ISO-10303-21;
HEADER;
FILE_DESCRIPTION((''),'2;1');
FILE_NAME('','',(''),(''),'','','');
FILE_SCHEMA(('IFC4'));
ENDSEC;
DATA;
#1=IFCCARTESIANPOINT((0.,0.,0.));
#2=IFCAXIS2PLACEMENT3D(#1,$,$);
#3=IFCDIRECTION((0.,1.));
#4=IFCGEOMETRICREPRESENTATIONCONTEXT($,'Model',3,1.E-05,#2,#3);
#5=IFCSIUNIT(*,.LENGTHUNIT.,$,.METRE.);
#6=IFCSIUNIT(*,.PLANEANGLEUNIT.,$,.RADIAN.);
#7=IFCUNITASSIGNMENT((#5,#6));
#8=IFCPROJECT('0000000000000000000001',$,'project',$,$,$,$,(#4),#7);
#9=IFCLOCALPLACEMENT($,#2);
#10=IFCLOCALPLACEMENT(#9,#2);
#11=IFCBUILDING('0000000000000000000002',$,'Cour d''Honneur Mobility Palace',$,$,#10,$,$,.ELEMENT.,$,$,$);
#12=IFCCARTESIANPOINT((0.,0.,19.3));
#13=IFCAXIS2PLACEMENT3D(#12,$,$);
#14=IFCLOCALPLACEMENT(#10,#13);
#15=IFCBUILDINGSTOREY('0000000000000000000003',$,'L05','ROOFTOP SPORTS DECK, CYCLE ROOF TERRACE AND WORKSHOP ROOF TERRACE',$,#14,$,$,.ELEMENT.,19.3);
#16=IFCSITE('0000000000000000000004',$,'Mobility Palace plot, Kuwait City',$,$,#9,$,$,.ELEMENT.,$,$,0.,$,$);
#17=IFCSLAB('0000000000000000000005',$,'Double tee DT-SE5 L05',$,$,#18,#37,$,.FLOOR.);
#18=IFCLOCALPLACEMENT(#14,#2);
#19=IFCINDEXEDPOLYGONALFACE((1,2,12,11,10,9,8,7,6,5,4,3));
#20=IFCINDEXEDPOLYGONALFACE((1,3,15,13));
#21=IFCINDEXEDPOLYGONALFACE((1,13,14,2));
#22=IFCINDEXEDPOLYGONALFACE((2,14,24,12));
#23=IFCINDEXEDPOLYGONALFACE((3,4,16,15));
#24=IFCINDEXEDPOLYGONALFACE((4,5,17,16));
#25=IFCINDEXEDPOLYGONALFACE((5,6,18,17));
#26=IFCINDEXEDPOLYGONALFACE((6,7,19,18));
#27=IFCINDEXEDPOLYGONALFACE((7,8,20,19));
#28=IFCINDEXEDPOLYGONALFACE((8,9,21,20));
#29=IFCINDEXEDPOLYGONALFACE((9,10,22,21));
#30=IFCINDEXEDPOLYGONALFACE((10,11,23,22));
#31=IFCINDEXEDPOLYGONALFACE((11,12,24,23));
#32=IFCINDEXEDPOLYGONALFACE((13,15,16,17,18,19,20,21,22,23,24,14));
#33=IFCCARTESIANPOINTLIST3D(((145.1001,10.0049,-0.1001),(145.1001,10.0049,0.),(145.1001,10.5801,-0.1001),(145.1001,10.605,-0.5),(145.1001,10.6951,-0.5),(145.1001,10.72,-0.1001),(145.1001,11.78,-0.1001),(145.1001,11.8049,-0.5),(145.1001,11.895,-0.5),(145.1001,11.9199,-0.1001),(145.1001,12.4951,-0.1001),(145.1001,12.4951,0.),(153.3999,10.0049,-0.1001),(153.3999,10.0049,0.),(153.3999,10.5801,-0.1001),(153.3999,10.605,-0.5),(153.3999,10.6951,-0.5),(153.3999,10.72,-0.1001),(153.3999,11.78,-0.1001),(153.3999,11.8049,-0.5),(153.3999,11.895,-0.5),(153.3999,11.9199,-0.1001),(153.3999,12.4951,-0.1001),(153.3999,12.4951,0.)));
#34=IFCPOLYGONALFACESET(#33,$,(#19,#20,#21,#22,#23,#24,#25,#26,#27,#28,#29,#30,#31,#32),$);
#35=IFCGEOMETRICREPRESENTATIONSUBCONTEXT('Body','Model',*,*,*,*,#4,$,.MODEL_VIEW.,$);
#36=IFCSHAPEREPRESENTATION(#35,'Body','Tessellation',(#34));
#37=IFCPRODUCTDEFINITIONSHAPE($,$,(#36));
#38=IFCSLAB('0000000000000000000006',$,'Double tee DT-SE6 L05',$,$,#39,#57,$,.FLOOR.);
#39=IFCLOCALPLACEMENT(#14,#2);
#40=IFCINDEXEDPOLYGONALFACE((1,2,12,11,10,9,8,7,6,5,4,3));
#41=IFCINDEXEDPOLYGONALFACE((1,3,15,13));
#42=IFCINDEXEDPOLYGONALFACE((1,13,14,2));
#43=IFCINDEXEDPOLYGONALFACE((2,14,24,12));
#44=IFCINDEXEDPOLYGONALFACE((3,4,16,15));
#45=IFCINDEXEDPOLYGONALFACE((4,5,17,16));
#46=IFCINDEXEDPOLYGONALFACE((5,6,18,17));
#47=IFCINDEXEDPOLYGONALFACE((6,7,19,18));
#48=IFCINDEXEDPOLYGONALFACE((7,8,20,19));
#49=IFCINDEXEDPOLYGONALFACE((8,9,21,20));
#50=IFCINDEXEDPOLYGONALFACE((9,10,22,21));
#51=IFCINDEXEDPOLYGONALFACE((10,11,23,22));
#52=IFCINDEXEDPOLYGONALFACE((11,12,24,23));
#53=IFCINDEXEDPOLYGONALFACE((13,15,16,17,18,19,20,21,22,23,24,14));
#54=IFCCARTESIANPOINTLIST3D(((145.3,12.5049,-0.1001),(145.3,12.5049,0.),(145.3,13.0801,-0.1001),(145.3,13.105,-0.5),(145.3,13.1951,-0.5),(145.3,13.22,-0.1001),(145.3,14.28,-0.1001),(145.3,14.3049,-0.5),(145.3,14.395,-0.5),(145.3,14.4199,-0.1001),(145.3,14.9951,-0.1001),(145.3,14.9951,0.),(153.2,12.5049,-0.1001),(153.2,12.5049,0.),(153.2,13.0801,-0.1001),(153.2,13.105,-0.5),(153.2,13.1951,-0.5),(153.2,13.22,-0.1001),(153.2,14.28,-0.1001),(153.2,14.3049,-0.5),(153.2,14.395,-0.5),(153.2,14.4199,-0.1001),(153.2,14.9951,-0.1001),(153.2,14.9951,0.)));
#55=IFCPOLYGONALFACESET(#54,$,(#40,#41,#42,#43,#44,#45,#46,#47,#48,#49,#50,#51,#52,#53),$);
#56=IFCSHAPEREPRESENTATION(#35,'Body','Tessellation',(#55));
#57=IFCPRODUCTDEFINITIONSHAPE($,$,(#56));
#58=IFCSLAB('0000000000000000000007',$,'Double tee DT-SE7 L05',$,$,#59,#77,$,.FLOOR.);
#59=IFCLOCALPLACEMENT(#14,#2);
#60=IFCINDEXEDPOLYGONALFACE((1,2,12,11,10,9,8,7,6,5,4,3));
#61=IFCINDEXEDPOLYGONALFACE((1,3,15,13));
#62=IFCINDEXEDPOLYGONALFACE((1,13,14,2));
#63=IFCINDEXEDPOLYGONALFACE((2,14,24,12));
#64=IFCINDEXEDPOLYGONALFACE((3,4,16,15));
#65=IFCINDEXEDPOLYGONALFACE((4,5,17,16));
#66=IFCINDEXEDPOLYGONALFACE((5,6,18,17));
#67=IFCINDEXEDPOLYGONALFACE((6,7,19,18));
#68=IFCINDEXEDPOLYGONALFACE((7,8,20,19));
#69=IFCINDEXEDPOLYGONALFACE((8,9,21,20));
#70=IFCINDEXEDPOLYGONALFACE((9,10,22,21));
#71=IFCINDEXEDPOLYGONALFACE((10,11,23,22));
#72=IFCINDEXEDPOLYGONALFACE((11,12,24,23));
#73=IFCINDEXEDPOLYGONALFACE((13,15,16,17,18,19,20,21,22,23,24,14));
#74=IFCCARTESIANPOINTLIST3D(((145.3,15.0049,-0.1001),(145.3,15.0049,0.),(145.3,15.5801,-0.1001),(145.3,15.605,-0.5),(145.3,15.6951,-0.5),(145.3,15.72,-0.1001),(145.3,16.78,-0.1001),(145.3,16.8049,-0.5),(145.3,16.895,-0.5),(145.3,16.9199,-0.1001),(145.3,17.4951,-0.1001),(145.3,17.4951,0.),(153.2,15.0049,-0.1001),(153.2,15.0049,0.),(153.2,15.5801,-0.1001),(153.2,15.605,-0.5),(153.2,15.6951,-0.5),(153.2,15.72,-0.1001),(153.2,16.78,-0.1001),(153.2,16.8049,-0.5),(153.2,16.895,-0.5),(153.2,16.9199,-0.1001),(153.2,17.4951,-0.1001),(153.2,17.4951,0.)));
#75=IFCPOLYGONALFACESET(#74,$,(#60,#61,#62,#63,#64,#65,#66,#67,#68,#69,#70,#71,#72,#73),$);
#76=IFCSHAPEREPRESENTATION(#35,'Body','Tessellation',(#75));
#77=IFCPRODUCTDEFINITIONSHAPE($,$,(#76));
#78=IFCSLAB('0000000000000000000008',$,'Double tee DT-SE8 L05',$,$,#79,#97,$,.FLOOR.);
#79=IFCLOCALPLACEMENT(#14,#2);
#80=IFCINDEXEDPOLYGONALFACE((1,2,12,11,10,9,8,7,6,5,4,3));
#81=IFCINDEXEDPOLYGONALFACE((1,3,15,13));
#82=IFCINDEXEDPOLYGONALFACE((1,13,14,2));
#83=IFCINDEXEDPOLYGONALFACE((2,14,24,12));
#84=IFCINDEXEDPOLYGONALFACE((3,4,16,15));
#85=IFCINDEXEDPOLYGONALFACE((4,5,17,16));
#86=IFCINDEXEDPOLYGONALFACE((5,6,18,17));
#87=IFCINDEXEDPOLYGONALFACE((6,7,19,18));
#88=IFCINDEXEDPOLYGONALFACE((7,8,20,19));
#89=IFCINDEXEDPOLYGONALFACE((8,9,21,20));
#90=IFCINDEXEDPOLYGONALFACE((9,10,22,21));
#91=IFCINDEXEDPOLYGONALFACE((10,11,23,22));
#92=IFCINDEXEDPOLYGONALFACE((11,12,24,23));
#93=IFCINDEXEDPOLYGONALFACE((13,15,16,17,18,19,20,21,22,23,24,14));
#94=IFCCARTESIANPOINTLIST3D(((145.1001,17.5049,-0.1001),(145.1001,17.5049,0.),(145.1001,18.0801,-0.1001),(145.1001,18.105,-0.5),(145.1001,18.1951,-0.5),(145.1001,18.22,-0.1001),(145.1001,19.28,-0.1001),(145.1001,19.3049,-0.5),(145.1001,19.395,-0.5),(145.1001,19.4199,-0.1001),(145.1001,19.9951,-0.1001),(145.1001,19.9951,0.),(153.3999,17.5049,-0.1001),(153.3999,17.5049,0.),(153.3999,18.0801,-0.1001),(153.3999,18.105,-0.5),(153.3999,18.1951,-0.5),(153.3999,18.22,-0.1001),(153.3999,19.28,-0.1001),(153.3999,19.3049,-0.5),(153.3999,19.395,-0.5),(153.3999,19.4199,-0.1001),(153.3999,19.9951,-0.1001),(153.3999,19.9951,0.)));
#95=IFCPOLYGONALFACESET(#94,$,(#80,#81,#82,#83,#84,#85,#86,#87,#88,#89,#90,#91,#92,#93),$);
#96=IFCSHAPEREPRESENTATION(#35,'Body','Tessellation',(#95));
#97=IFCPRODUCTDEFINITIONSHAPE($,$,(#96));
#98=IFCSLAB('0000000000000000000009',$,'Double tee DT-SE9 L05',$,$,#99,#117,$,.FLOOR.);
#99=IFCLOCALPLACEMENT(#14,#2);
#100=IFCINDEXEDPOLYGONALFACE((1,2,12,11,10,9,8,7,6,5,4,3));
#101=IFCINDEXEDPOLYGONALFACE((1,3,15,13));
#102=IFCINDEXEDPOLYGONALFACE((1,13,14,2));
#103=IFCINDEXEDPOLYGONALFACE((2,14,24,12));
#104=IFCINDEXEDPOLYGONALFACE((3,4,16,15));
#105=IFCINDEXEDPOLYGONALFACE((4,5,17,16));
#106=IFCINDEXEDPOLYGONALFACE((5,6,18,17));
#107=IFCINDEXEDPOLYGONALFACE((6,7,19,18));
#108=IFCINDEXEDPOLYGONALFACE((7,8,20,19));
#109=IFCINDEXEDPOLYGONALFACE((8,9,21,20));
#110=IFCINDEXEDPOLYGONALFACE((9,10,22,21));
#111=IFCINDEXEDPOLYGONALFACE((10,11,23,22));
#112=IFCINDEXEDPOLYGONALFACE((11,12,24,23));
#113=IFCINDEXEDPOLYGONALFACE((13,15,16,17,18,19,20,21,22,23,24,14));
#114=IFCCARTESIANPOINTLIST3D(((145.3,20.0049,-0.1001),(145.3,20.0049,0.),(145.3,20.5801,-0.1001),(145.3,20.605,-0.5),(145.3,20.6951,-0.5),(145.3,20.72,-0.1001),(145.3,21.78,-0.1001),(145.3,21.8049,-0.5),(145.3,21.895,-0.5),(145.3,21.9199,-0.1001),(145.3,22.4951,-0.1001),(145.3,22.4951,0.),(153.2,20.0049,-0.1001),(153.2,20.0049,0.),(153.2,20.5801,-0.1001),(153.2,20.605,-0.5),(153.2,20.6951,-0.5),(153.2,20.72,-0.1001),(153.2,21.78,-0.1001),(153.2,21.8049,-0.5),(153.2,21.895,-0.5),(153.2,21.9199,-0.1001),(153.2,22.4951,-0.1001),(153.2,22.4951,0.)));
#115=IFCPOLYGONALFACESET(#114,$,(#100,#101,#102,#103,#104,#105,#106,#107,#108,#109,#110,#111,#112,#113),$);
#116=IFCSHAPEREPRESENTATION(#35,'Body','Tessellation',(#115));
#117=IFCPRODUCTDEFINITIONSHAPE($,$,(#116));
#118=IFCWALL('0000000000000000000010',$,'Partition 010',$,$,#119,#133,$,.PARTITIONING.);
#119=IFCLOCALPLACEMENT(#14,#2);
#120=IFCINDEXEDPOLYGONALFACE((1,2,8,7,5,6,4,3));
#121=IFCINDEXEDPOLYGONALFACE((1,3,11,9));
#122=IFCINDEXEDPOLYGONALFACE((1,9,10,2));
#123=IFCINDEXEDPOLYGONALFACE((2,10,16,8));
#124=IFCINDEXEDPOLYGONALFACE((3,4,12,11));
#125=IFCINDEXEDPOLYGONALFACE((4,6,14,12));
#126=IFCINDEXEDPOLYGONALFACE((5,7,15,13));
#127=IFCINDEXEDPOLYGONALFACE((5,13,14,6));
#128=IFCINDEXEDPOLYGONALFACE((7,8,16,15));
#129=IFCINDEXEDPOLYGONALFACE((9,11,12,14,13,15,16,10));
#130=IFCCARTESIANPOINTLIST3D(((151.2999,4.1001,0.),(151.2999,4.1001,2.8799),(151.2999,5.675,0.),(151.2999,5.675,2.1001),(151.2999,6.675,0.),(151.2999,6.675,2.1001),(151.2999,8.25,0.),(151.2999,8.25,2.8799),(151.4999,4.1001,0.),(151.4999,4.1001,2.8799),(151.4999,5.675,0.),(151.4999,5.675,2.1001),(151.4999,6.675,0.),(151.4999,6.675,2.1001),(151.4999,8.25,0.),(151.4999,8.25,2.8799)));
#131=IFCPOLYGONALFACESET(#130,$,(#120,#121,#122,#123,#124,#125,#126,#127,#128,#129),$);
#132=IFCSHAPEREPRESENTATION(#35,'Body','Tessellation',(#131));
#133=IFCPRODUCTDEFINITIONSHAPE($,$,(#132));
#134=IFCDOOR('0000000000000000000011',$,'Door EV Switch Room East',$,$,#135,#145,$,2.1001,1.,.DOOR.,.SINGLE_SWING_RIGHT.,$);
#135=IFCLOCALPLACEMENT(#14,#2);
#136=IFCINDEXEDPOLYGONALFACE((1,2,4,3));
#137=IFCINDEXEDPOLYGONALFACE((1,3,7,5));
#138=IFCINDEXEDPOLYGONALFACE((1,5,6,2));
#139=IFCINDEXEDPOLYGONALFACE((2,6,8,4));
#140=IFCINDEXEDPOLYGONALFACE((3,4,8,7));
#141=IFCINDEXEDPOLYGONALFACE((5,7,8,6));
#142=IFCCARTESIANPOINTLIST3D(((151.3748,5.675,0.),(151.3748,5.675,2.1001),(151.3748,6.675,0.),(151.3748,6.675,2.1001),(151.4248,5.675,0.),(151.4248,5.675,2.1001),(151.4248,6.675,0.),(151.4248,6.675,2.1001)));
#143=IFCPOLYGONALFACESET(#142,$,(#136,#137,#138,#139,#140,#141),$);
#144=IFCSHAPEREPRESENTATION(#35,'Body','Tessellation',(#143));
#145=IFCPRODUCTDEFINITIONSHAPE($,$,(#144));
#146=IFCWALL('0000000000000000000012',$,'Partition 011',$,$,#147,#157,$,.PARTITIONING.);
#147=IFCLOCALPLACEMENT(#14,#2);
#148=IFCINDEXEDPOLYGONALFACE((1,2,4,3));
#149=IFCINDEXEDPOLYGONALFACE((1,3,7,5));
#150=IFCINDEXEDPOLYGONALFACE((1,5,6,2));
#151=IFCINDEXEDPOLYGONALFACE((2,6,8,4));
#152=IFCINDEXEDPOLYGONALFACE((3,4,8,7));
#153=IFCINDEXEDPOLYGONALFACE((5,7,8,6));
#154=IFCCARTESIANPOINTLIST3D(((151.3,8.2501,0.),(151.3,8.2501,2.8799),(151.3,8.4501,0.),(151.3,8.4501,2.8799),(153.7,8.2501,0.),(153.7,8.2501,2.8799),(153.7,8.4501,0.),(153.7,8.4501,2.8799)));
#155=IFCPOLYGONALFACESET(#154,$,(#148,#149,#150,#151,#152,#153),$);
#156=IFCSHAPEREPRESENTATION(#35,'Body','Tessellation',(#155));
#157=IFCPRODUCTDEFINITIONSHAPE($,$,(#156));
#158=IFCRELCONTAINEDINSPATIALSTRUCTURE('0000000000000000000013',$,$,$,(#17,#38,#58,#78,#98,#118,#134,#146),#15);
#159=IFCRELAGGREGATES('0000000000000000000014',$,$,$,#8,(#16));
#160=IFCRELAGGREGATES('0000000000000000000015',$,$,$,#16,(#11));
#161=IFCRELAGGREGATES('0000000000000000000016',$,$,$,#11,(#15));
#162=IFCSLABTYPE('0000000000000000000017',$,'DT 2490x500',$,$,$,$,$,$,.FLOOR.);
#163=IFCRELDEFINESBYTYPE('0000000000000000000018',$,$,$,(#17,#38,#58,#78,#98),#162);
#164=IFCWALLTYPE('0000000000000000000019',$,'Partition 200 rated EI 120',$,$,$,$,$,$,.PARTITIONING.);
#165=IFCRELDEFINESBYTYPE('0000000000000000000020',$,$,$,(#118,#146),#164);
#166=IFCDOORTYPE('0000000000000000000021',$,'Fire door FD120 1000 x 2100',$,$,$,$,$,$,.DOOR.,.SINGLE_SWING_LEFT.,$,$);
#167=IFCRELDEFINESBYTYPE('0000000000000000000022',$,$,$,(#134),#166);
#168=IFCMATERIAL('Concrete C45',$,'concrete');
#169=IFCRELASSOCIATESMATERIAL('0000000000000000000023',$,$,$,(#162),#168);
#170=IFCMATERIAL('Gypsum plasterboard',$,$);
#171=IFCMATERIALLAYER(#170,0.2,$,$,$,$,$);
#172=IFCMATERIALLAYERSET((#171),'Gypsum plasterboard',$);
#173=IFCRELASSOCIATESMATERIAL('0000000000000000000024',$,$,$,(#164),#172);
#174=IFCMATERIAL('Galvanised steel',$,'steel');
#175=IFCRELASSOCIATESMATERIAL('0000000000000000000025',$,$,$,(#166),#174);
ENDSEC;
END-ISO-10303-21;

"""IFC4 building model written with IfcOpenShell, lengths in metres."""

from ifc_helpers import new_model, si_unit, direction, frame, frame_2d, origin, place, context, subcontext, project, spatial, polyline, rectangle, outline, extrude, material, layer, layer_set, material_profile, profile_set, type_object, element, fill, save


model = new_model("IFC4")

# Units and contexts
model_context = context("Model", 3, precision=1e-05, world=origin(), true_north=direction((0.0, 1.0)))
body_context = subcontext(model_context, "Body", "Model", "MODEL_VIEW")
ifc_project = project(units=[si_unit("LENGTHUNIT", "METRE"), si_unit("PLANEANGLEUNIT", "RADIAN")], contexts=[model_context])

# Site, building, storey
site_placement = place(None, origin())
site = spatial("IfcSite", under=ifc_project, at=site_placement, Name="Mobility Palace plot, Kuwait City", CompositionType="ELEMENT", RefElevation=0.0)
building_placement = place(site_placement, origin())
building = spatial("IfcBuilding", under=site, at=building_placement, Name="Cour d'Honneur Mobility Palace", CompositionType="ELEMENT")
storey_placement = place(building_placement, frame((0.0, 0.0, 19.3)))
storey = spatial("IfcBuildingStorey", under=building, at=storey_placement, Name="L05", Description="ROOFTOP SPORTS DECK, CYCLE ROOF TERRACE AND WORKSHOP ROOF TERRACE", CompositionType="ELEMENT", Elevation=19.3)

# Slabs
ifc_material_1 = material(Name="Concrete C45", Category="concrete")
ifc_material_profile_1 = material_profile(ifc_material_1, outline(polyline([(-1.2451, 0.0), (1.2451, 0.0), (1.2451, -0.1001), (0.6699, -0.1001), (0.645, -0.5), (0.5549, -0.5), (0.53, -0.1001), (-0.53, -0.1001), (-0.5549, -0.5), (-0.645, -0.5), (-0.6699, -0.1001), (-1.2451, -0.1001), (-1.2451, 0.0)])), Name="DT 2490x500")
ifc_profile_set_1 = profile_set([ifc_material_profile_1], Name="Concrete C45")
slab_type = type_object("IfcSlabType", Name="DT 2490x500", PredefinedType="FLOOR", material=ifc_profile_set_1)
slab_1_placement = place(storey_placement, frame((145.1001, 11.25, 0.0), z_axis=(1.0, 0.0, 0.0), x_axis=(0.0, 1.0, 0.0)))
element("IfcSlab", 1, at=slab_1_placement, inside=storey, type_object=slab_type, Name="Double tee DT-SE5 L05", PredefinedType="FLOOR", context=body_context, shape_type="SweptSolid", body=[
    extrude(outline(polyline([(-1.2451, 0.0), (1.2451, 0.0), (1.2451, -0.1001), (0.6699, -0.1001), (0.645, -0.5), (0.5549, -0.5), (0.53, -0.1001), (-0.53, -0.1001), (-0.5549, -0.5), (-0.645, -0.5), (-0.6699, -0.1001), (-1.2451, -0.1001), (-1.2451, 0.0)])), origin(), (0.0, 0.0, 1.0), 8.2998),
])
for number, where, z_axis, x_axis, name in (
    (2, (145.3, 13.75, 0.0), (1.0, 0.0, 0.0), (0.0, 1.0, 0.0), "Double tee DT-SE6 L05"),
    (3, (145.3, 16.25, 0.0), (1.0, 0.0, 0.0), (0.0, 1.0, 0.0), "Double tee DT-SE7 L05"),
):
    element("IfcSlab", number, at=place(storey_placement, frame(where, z_axis=z_axis, x_axis=x_axis)), inside=storey, type_object=slab_type, Name=name, PredefinedType="FLOOR", context=body_context, shape_type="SweptSolid", body=[
        extrude(outline(polyline([(-1.2451, 0.0), (1.2451, 0.0), (1.2451, -0.1001), (0.6699, -0.1001), (0.645, -0.5), (0.5549, -0.5), (0.53, -0.1001), (-0.53, -0.1001), (-0.5549, -0.5), (-0.645, -0.5), (-0.6699, -0.1001), (-1.2451, -0.1001), (-1.2451, 0.0)])), origin(), (0.0, 0.0, 1.0), 7.8999),
    ])
slab_2_placement = place(storey_placement, frame((145.1001, 18.75, 0.0), z_axis=(1.0, 0.0, 0.0), x_axis=(0.0, 1.0, 0.0)))
element("IfcSlab", 4, at=slab_2_placement, inside=storey, type_object=slab_type, Name="Double tee DT-SE8 L05", PredefinedType="FLOOR", context=body_context, shape_type="SweptSolid", body=[
    extrude(outline(polyline([(-1.2451, 0.0), (1.2451, 0.0), (1.2451, -0.1001), (0.6699, -0.1001), (0.645, -0.5), (0.5549, -0.5), (0.53, -0.1001), (-0.53, -0.1001), (-0.5549, -0.5), (-0.645, -0.5), (-0.6699, -0.1001), (-1.2451, -0.1001), (-1.2451, 0.0)])), origin(), (0.0, 0.0, 1.0), 8.2998),
])
slab_3_placement = place(storey_placement, frame((145.3, 21.25, 0.0), z_axis=(1.0, 0.0, 0.0), x_axis=(0.0, 1.0, 0.0)))
element("IfcSlab", 5, at=slab_3_placement, inside=storey, type_object=slab_type, Name="Double tee DT-SE9 L05", PredefinedType="FLOOR", context=body_context, shape_type="SweptSolid", body=[
    extrude(outline(polyline([(-1.2451, 0.0), (1.2451, 0.0), (1.2451, -0.1001), (0.6699, -0.1001), (0.645, -0.5), (0.5549, -0.5), (0.53, -0.1001), (-0.53, -0.1001), (-0.5549, -0.5), (-0.645, -0.5), (-0.6699, -0.1001), (-1.2451, -0.1001), (-1.2451, 0.0)])), origin(), (0.0, 0.0, 1.0), 7.8999),
])

# Wall, opening, door
ifc_material_2 = material(Name="Gypsum plasterboard")
ifc_layer_1 = layer(ifc_material_2, 0.2)
ifc_layer_set_1 = layer_set([ifc_layer_1], Name="Gypsum plasterboard")
wall_type = type_object("IfcWallType", Name="Partition 200 rated EI 120", PredefinedType="PARTITIONING", material=ifc_layer_set_1)
wall_1_placement = place(storey_placement, frame((151.3999, 8.25, 0.0), z_axis=(0.0, 0.0, 1.0), x_axis=(0.0, -1.0, 0.0)))
wall_1 = element("IfcWall", 6, at=wall_1_placement, inside=storey, type_object=wall_type, Name="Partition 010", PredefinedType="PARTITIONING", context=body_context, shape_type="SweptSolid", body=[
    extrude(rectangle(XDim=4.1499, YDim=0.2, at=frame_2d((2.075, 0.0))), origin(), (0.0, 0.0, 1.0), 2.8799),
])
opening_1_placement = place(wall_1_placement, frame((1.575, 0.0, 0.0)))
opening_1 = element("IfcOpeningElement", 7, at=opening_1_placement, cuts=wall_1, PredefinedType="OPENING", context=body_context, shape_type="SweptSolid", body=[
    extrude(rectangle(XDim=1.0, YDim=2.1001, at=frame_2d((0.5, 1.05))), frame((0.0, 0.1099, 0.0), z_axis=(0.0, -1.0, 0.0), x_axis=(1.0, 0.0, 0.0)), (0.0, 0.0, 1.0), 0.22),
])
ifc_material_3 = material(Name="Galvanised steel", Category="steel")
door_type = type_object("IfcDoorType", Name="Fire door FD120 1000 x 2100", OperationType="SINGLE_SWING_LEFT", PredefinedType="DOOR", material=ifc_material_3)
door_1_placement = place(opening_1_placement, origin())
door_1 = element("IfcDoor", 8, at=door_1_placement, inside=storey, type_object=door_type, Name="Door EV Switch Room East", OperationType="SINGLE_SWING_RIGHT", OverallHeight=2.1001, OverallWidth=1.0, PredefinedType="DOOR", context=body_context, shape_type="SweptSolid", body=[
    extrude(rectangle(XDim=1.0, YDim=2.1001, at=frame_2d((0.5, 1.05))), frame((0.0, 0.0249, 0.0), z_axis=(0.0, -1.0, 0.0), x_axis=(1.0, 0.0, 0.0)), (0.0, 0.0, 1.0), 0.05),
])
fill(opening_1, door_1)

# Wall
wall_2_placement = place(storey_placement, frame((153.7, 8.3501, 0.0), z_axis=(0.0, 0.0, 1.0), x_axis=(-1.0, 0.0, 0.0)))
element("IfcWall", 9, at=wall_2_placement, inside=storey, type_object=wall_type, Name="Partition 011", PredefinedType="PARTITIONING", context=body_context, shape_type="SweptSolid", body=[
    extrude(rectangle(XDim=2.3999, YDim=0.2, at=frame_2d((1.2, 0.0))), origin(), (0.0, 0.0, 1.0), 2.8799),
])

save(model, "model.ifc")
